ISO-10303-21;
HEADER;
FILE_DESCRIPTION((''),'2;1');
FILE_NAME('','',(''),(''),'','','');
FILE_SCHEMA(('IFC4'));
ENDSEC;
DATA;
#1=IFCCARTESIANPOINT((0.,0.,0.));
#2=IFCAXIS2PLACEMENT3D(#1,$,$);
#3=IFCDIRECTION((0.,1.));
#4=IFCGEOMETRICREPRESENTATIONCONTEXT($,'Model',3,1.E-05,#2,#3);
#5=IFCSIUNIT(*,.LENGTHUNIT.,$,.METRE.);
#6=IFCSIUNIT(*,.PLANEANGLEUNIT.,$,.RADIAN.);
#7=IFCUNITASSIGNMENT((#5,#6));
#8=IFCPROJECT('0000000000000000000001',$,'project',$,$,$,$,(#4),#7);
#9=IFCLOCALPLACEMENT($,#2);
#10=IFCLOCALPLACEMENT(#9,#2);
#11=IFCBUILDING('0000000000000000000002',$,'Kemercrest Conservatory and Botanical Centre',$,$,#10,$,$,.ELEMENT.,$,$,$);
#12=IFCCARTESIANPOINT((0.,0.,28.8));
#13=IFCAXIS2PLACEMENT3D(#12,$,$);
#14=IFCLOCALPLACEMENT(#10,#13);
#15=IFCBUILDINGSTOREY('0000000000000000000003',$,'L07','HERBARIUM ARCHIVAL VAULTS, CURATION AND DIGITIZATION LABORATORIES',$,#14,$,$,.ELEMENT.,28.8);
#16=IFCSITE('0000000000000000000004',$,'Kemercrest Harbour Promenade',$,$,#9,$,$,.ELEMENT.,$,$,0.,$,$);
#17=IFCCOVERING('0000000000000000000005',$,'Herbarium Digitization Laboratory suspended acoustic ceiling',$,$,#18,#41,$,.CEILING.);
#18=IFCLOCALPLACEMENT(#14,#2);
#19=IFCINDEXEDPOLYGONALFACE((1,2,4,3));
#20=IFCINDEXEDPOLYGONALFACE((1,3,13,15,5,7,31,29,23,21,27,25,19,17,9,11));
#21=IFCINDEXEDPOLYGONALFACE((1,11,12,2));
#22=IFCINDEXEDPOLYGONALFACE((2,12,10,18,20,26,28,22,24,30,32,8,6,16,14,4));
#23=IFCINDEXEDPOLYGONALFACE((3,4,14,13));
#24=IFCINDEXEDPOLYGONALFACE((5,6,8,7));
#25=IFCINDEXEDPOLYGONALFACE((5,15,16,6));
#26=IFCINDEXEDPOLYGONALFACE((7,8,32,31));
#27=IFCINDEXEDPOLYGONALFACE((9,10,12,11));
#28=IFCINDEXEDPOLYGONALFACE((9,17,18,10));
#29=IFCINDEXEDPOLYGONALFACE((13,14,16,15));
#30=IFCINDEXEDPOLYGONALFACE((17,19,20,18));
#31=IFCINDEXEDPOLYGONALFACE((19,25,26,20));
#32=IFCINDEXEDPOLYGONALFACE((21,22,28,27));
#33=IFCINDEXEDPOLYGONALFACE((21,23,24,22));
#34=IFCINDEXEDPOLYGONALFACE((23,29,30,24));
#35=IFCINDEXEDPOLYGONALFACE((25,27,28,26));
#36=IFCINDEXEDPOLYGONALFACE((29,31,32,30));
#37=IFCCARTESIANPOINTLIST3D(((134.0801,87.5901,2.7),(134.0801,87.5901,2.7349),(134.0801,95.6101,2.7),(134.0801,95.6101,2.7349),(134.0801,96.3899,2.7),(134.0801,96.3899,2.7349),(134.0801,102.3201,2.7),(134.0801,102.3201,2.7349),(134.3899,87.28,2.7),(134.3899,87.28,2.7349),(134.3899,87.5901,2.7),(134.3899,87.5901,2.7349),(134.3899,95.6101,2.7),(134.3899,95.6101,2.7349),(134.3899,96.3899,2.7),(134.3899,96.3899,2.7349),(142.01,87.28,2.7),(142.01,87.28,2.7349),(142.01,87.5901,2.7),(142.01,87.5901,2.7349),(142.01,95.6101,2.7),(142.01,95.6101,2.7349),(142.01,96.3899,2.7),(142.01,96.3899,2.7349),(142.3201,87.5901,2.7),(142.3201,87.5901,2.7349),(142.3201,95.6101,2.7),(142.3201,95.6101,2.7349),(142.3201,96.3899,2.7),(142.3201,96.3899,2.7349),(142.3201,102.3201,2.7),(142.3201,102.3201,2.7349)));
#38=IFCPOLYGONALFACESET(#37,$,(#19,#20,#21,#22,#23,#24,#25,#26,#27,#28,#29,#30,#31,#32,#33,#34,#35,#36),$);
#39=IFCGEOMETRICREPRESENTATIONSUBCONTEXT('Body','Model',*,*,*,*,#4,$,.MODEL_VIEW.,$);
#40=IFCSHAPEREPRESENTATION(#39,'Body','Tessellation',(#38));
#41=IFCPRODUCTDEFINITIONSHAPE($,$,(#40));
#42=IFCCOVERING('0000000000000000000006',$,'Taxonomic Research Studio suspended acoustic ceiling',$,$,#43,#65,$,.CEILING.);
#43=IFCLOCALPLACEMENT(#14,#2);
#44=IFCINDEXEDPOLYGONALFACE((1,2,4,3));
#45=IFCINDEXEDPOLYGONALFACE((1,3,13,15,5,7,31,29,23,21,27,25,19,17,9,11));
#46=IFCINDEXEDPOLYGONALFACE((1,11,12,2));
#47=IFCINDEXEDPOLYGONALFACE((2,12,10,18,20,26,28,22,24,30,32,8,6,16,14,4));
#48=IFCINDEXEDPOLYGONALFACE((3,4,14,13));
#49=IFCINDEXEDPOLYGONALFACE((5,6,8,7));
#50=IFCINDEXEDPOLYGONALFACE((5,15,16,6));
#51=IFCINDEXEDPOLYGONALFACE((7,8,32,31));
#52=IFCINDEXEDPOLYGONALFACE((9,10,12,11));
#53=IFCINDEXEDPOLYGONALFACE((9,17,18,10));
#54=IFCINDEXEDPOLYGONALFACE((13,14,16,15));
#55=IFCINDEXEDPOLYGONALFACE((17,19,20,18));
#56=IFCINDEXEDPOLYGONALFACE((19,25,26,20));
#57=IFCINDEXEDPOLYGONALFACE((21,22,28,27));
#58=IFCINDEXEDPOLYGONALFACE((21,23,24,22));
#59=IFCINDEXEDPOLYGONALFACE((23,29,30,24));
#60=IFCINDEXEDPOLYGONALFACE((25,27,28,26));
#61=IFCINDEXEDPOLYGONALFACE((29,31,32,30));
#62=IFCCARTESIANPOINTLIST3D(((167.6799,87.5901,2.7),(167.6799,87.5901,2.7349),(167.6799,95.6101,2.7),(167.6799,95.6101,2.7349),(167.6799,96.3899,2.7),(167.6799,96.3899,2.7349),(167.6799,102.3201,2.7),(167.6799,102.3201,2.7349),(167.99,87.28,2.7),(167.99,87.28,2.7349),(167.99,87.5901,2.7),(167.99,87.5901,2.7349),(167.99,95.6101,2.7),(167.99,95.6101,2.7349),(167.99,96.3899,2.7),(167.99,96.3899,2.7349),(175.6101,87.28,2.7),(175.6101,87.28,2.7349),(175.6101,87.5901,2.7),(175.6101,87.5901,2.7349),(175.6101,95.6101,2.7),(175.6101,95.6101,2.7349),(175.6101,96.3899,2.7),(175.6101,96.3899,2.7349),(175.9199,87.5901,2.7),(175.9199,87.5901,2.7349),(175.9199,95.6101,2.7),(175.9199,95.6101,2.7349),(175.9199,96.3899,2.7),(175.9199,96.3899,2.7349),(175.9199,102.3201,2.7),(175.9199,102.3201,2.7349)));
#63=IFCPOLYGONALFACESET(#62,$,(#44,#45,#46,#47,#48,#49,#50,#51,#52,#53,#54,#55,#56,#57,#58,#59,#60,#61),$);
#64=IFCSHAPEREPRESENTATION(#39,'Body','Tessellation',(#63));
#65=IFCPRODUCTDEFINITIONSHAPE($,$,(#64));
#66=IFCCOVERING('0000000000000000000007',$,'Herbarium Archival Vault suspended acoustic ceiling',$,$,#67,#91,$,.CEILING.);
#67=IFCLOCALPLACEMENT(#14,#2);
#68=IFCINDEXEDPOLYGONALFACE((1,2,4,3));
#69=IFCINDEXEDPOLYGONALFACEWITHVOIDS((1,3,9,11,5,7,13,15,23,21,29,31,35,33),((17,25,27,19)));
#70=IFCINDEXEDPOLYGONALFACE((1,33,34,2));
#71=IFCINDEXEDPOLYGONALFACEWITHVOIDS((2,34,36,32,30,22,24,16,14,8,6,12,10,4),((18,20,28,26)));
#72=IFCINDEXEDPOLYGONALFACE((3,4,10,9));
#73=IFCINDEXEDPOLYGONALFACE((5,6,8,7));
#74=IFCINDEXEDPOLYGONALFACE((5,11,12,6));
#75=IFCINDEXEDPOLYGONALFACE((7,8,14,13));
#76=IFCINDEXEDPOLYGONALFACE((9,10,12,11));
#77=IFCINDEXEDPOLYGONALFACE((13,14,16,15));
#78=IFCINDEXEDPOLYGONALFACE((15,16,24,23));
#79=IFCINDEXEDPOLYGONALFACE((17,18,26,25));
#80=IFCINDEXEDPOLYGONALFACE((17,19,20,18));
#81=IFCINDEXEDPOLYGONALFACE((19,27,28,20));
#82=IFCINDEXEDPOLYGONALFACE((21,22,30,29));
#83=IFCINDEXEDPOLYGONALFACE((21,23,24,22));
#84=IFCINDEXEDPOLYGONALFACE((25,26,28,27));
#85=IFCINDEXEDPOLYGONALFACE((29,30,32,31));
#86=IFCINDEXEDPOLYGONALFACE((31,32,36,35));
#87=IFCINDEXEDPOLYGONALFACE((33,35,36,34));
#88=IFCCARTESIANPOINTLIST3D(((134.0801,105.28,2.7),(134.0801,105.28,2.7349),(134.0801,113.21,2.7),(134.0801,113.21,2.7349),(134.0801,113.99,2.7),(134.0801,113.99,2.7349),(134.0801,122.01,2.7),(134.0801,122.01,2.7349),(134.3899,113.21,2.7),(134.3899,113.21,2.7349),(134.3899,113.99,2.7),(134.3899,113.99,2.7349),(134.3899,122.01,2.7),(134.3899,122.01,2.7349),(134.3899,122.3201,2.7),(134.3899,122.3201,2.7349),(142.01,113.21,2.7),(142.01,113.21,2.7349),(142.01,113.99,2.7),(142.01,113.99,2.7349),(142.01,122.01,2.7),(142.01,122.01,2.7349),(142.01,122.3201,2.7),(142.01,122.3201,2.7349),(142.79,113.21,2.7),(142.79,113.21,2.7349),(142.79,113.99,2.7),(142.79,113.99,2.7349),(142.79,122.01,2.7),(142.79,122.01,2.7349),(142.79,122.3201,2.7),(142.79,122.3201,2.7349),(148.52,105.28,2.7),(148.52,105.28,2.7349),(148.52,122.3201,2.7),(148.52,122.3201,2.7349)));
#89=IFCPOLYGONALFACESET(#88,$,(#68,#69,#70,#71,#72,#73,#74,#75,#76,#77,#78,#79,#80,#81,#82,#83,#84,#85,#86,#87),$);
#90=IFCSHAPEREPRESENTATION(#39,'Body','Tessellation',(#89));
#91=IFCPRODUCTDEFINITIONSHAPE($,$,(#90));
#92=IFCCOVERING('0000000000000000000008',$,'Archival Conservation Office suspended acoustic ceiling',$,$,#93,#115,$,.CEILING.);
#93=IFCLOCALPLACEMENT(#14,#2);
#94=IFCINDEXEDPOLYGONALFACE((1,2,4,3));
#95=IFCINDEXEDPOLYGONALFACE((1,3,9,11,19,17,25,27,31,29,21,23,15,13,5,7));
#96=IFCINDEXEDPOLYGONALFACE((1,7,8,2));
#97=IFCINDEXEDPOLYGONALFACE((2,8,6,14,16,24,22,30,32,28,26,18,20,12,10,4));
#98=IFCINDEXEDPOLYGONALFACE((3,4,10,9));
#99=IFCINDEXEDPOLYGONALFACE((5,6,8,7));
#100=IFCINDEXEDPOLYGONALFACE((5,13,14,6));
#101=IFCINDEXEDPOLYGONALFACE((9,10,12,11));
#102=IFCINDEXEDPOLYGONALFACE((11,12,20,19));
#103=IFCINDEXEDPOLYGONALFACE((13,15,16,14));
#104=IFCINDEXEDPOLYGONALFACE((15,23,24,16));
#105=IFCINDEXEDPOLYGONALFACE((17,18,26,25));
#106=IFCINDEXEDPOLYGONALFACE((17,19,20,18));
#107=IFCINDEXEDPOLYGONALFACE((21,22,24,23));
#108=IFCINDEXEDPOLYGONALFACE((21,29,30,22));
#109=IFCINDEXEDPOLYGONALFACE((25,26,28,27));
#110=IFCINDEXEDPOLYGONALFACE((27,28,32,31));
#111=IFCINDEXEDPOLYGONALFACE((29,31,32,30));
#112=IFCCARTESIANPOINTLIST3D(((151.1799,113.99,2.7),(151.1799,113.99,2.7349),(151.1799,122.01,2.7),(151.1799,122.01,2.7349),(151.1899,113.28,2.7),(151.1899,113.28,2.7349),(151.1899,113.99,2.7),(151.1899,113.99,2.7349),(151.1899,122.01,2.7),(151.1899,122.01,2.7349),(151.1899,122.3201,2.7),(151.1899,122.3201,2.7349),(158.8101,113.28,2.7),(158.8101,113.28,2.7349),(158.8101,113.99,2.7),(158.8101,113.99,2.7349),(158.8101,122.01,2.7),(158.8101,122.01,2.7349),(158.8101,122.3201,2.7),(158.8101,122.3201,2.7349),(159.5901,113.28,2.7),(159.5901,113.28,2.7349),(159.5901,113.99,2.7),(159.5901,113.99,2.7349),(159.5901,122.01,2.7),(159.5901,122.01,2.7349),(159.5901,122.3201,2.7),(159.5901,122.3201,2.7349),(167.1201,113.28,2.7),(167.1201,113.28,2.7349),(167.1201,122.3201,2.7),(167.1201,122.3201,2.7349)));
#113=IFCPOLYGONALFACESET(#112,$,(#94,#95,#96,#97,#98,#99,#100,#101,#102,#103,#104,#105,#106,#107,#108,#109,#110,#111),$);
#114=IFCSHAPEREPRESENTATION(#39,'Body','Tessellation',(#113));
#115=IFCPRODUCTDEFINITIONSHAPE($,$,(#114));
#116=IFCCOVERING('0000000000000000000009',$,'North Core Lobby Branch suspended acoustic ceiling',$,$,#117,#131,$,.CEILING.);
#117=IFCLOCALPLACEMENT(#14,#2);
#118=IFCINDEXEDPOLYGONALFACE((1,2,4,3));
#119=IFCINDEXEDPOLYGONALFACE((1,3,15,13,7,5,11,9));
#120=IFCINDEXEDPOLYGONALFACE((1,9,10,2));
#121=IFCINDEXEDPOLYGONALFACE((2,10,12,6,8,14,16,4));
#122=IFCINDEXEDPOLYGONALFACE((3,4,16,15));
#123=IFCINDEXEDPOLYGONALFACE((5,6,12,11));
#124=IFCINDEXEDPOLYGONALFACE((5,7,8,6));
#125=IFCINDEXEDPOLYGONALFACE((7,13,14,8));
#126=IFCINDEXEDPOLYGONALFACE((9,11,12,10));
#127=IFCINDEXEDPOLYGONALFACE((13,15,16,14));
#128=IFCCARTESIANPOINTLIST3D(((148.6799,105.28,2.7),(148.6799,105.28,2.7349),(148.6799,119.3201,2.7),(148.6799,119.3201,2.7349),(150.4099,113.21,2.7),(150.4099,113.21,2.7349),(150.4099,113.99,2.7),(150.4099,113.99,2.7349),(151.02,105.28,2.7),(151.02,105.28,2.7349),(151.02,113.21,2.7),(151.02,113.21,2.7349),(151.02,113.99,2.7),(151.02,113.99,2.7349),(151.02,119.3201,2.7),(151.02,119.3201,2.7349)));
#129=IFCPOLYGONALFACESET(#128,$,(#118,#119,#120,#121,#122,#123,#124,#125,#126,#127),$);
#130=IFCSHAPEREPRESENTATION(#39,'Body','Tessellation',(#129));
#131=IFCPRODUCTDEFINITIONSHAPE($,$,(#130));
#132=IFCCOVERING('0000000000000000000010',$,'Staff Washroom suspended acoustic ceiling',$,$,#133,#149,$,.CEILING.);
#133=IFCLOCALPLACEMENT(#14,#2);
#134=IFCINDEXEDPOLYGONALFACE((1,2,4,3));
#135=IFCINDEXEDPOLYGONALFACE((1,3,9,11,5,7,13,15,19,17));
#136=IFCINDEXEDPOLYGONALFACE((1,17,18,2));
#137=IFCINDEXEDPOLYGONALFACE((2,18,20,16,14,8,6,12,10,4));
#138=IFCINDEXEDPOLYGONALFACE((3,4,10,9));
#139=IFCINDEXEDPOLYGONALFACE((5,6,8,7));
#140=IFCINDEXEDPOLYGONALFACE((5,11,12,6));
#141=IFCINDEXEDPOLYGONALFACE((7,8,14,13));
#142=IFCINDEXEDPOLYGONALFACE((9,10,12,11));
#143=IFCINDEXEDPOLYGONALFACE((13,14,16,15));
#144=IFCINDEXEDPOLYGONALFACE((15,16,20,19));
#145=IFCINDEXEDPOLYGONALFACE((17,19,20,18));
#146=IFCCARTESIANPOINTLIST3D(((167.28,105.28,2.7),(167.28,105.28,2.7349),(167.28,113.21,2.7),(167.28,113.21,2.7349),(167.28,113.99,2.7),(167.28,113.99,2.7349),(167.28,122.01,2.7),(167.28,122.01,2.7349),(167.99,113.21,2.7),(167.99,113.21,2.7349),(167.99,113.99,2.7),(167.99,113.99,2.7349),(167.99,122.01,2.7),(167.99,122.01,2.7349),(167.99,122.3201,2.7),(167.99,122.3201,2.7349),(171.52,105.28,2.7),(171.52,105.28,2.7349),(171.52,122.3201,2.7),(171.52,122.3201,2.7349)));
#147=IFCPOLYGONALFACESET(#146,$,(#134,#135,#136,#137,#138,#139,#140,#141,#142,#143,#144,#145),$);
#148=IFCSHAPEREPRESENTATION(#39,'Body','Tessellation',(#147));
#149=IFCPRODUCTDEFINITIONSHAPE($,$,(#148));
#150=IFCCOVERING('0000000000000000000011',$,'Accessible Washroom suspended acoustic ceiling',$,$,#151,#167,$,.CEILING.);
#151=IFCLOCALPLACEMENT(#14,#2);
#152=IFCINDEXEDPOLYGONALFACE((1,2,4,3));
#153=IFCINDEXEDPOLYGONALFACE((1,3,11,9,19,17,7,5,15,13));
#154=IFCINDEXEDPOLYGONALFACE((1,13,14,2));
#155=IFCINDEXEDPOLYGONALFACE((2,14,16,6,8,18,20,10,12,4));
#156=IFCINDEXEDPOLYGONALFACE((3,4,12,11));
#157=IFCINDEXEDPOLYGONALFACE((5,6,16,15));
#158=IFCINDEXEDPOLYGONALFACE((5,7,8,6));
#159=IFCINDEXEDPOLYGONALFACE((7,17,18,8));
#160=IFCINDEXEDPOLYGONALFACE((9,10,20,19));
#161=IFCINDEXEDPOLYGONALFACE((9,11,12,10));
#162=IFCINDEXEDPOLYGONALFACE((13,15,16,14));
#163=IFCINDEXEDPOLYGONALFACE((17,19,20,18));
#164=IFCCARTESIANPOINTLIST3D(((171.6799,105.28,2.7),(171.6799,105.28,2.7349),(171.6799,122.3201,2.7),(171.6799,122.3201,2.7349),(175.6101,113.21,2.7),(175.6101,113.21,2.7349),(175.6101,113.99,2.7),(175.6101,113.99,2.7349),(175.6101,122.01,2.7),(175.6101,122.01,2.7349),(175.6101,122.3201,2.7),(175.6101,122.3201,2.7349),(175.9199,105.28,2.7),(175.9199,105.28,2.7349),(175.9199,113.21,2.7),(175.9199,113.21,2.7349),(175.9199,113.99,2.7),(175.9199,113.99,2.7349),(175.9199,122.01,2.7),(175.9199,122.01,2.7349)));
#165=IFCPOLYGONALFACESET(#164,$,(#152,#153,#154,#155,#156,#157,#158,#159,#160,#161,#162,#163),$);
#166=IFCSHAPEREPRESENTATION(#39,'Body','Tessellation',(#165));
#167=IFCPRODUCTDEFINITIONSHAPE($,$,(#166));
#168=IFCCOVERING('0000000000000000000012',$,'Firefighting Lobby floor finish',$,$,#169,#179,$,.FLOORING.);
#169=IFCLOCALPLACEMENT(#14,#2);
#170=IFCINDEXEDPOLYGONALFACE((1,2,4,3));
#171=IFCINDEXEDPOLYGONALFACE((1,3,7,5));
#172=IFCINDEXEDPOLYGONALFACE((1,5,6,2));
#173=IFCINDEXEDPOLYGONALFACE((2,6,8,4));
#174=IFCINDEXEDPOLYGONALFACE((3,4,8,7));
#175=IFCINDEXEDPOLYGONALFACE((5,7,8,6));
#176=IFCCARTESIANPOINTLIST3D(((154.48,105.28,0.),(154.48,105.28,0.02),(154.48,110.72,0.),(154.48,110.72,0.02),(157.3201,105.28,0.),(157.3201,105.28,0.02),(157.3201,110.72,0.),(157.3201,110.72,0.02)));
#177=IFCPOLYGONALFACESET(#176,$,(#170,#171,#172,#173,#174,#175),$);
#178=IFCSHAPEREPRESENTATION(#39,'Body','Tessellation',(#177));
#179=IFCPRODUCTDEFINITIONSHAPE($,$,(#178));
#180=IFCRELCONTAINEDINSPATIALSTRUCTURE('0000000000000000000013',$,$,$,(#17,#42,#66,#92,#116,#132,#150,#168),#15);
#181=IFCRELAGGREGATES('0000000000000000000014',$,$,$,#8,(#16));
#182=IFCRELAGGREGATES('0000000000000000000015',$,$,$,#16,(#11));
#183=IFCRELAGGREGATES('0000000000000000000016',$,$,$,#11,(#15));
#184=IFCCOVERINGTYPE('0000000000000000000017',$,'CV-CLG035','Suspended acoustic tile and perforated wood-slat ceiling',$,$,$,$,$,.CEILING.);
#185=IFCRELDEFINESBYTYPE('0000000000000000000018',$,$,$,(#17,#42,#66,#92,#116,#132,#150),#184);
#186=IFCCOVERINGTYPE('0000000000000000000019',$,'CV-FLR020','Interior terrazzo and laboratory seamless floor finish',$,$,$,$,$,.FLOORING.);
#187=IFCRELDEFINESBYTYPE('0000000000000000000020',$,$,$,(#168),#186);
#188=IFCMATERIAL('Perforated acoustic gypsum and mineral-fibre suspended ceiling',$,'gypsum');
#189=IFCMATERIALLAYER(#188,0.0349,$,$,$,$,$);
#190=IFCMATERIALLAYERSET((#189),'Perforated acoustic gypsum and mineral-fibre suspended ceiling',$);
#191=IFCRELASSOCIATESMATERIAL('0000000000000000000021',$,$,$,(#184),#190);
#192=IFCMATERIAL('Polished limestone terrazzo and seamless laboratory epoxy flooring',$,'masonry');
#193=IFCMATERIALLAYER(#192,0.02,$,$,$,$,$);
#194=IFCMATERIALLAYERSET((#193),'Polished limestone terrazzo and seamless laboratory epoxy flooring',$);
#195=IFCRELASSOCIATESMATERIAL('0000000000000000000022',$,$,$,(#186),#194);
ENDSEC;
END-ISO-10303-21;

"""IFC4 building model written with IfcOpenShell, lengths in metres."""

from ifc_helpers import new_model, si_unit, direction, frame, origin, place, context, subcontext, project, spatial, polyline, outline, extrude, material, layer, layer_set, type_object, element, save


model = new_model("IFC4")

# Units and contexts
model_context = context("Model", 3, precision=1e-05, world=origin(), true_north=direction((0.0, 1.0)))
body_context = subcontext(model_context, "Body", "Model", "MODEL_VIEW")
ifc_project = project(units=[si_unit("LENGTHUNIT", "METRE"), si_unit("PLANEANGLEUNIT", "RADIAN")], contexts=[model_context])

# Site, building, storey
site_placement = place(None, origin())
site = spatial("IfcSite", under=ifc_project, at=site_placement, Name="Kemercrest Harbour Promenade", CompositionType="ELEMENT", RefElevation=0.0)
building_placement = place(site_placement, origin())
building = spatial("IfcBuilding", under=site, at=building_placement, Name="Kemercrest Conservatory and Botanical Centre", CompositionType="ELEMENT")
storey_placement = place(building_placement, frame((0.0, 0.0, 28.8)))
storey = spatial("IfcBuildingStorey", under=building, at=storey_placement, Name="L07", Description="HERBARIUM ARCHIVAL VAULTS, CURATION AND DIGITIZATION LABORATORIES", CompositionType="ELEMENT", Elevation=28.8)

# Coverings
ifc_material_1 = material(Name="Perforated acoustic gypsum and mineral-fibre suspended ceiling", Category="gypsum")
ifc_layer_1 = layer(ifc_material_1, 0.0349)
ifc_layer_set_1 = layer_set([ifc_layer_1], Name="Perforated acoustic gypsum and mineral-fibre suspended ceiling")
covering_type_1 = type_object("IfcCoveringType", Name="CV-CLG035", Description="Suspended acoustic tile and perforated wood-slat ceiling", PredefinedType="CEILING", material=ifc_layer_set_1)
covering_1_placement = place(storey_placement, frame((0.0, 0.0, 2.7)))
element("IfcCovering", 1, at=covering_1_placement, inside=storey, type_object=covering_type_1, Name="Herbarium Digitization Laboratory suspended acoustic ceiling", PredefinedType="CEILING", context=body_context, shape_type="SweptSolid", body=[
    extrude(outline(polyline([(134.3899, 87.28), (142.01, 87.28), (142.01, 87.5901), (142.3201, 87.5901), (142.3201, 95.6101), (142.01, 95.6101), (142.01, 96.3899), (142.3201, 96.3899), (142.3201, 102.3201), (134.0801, 102.3201), (134.0801, 96.3899), (134.3899, 96.3899), (134.3899, 95.6101), (134.0801, 95.6101), (134.0801, 87.5901), (134.3899, 87.5901), (134.3899, 87.28)])), origin(), (0.0, 0.0, 1.0), 0.0349),
])
covering_2_placement = place(storey_placement, frame((0.0, 0.0, 2.7)))
element("IfcCovering", 2, at=covering_2_placement, inside=storey, type_object=covering_type_1, Name="Taxonomic Research Studio suspended acoustic ceiling", PredefinedType="CEILING", context=body_context, shape_type="SweptSolid", body=[
    extrude(outline(polyline([(167.99, 87.28), (175.6101, 87.28), (175.6101, 87.5901), (175.9199, 87.5901), (175.9199, 95.6101), (175.6101, 95.6101), (175.6101, 96.3899), (175.9199, 96.3899), (175.9199, 102.3201), (167.6799, 102.3201), (167.6799, 96.3899), (167.99, 96.3899), (167.99, 95.6101), (167.6799, 95.6101), (167.6799, 87.5901), (167.99, 87.5901), (167.99, 87.28)])), origin(), (0.0, 0.0, 1.0), 0.0349),
])
covering_3_placement = place(storey_placement, frame((0.0, 0.0, 2.7)))
element("IfcCovering", 3, at=covering_3_placement, inside=storey, type_object=covering_type_1, Name="Herbarium Archival Vault suspended acoustic ceiling", PredefinedType="CEILING", context=body_context, shape_type="SweptSolid", body=[
    extrude(outline(polyline([(134.3899, 113.21), (134.0801, 113.21), (134.0801, 105.28), (148.52, 105.28), (148.52, 122.3201), (142.79, 122.3201), (142.79, 122.01), (142.01, 122.01), (142.01, 122.3201), (134.3899, 122.3201), (134.3899, 122.01), (134.0801, 122.01), (134.0801, 113.99), (134.3899, 113.99), (134.3899, 113.21)]), holes=[polyline([(142.01, 113.99), (142.79, 113.99), (142.79, 113.21), (142.01, 113.21), (142.01, 113.99)])]), origin(), (0.0, 0.0, 1.0), 0.0349),
])
covering_4_placement = place(storey_placement, frame((0.0, 0.0, 2.7)))
element("IfcCovering", 4, at=covering_4_placement, inside=storey, type_object=covering_type_1, Name="Archival Conservation Office suspended acoustic ceiling", PredefinedType="CEILING", context=body_context, shape_type="SweptSolid", body=[
    extrude(outline(polyline([(159.5901, 113.28), (167.1201, 113.28), (167.1201, 122.3201), (159.5901, 122.3201), (159.5901, 122.01), (158.8101, 122.01), (158.8101, 122.3201), (151.1899, 122.3201), (151.1899, 122.01), (151.1799, 122.01), (151.1799, 113.99), (151.1899, 113.99), (151.1899, 113.28), (158.8101, 113.28), (158.8101, 113.99), (159.5901, 113.99), (159.5901, 113.28)])), origin(), (0.0, 0.0, 1.0), 0.0349),
])
covering_5_placement = place(storey_placement, frame((0.0, 0.0, 2.7)))
element("IfcCovering", 5, at=covering_5_placement, inside=storey, type_object=covering_type_1, Name="North Core Lobby Branch suspended acoustic ceiling", PredefinedType="CEILING", context=body_context, shape_type="SweptSolid", body=[
    extrude(outline(polyline([(148.6799, 105.28), (151.02, 105.28), (151.02, 113.21), (150.4099, 113.21), (150.4099, 113.99), (151.02, 113.99), (151.02, 119.3201), (148.6799, 119.3201), (148.6799, 105.28)])), origin(), (0.0, 0.0, 1.0), 0.0349),
])
covering_6_placement = place(storey_placement, frame((0.0, 0.0, 2.7)))
element("IfcCovering", 6, at=covering_6_placement, inside=storey, type_object=covering_type_1, Name="Staff Washroom suspended acoustic ceiling", PredefinedType="CEILING", context=body_context, shape_type="SweptSolid", body=[
    extrude(outline(polyline([(167.28, 105.28), (171.52, 105.28), (171.52, 122.3201), (167.99, 122.3201), (167.99, 122.01), (167.28, 122.01), (167.28, 113.99), (167.99, 113.99), (167.99, 113.21), (167.28, 113.21), (167.28, 105.28)])), origin(), (0.0, 0.0, 1.0), 0.0349),
])
covering_7_placement = place(storey_placement, frame((0.0, 0.0, 2.7)))
element("IfcCovering", 7, at=covering_7_placement, inside=storey, type_object=covering_type_1, Name="Accessible Washroom suspended acoustic ceiling", PredefinedType="CEILING", context=body_context, shape_type="SweptSolid", body=[
    extrude(outline(polyline([(171.6799, 105.28), (175.9199, 105.28), (175.9199, 113.21), (175.6101, 113.21), (175.6101, 113.99), (175.9199, 113.99), (175.9199, 122.01), (175.6101, 122.01), (175.6101, 122.3201), (171.6799, 122.3201), (171.6799, 105.28)])), origin(), (0.0, 0.0, 1.0), 0.0349),
])
ifc_material_2 = material(Name="Polished limestone terrazzo and seamless laboratory epoxy flooring", Category="masonry")
ifc_layer_2 = layer(ifc_material_2, 0.02)
ifc_layer_set_2 = layer_set([ifc_layer_2], Name="Polished limestone terrazzo and seamless laboratory epoxy flooring")
covering_type_2 = type_object("IfcCoveringType", Name="CV-FLR020", Description="Interior terrazzo and laboratory seamless floor finish", PredefinedType="FLOORING", material=ifc_layer_set_2)
covering_8_placement = place(storey_placement, origin())
element("IfcCovering", 8, at=covering_8_placement, inside=storey, type_object=covering_type_2, Name="Firefighting Lobby floor finish", PredefinedType="FLOORING", context=body_context, shape_type="SweptSolid", body=[
    extrude(outline(polyline([(154.48, 105.28), (157.3201, 105.28), (157.3201, 110.72), (154.48, 110.72), (154.48, 105.28)])), origin(), (0.0, 0.0, 1.0), 0.02),
])

save(model, "model.ifc")
